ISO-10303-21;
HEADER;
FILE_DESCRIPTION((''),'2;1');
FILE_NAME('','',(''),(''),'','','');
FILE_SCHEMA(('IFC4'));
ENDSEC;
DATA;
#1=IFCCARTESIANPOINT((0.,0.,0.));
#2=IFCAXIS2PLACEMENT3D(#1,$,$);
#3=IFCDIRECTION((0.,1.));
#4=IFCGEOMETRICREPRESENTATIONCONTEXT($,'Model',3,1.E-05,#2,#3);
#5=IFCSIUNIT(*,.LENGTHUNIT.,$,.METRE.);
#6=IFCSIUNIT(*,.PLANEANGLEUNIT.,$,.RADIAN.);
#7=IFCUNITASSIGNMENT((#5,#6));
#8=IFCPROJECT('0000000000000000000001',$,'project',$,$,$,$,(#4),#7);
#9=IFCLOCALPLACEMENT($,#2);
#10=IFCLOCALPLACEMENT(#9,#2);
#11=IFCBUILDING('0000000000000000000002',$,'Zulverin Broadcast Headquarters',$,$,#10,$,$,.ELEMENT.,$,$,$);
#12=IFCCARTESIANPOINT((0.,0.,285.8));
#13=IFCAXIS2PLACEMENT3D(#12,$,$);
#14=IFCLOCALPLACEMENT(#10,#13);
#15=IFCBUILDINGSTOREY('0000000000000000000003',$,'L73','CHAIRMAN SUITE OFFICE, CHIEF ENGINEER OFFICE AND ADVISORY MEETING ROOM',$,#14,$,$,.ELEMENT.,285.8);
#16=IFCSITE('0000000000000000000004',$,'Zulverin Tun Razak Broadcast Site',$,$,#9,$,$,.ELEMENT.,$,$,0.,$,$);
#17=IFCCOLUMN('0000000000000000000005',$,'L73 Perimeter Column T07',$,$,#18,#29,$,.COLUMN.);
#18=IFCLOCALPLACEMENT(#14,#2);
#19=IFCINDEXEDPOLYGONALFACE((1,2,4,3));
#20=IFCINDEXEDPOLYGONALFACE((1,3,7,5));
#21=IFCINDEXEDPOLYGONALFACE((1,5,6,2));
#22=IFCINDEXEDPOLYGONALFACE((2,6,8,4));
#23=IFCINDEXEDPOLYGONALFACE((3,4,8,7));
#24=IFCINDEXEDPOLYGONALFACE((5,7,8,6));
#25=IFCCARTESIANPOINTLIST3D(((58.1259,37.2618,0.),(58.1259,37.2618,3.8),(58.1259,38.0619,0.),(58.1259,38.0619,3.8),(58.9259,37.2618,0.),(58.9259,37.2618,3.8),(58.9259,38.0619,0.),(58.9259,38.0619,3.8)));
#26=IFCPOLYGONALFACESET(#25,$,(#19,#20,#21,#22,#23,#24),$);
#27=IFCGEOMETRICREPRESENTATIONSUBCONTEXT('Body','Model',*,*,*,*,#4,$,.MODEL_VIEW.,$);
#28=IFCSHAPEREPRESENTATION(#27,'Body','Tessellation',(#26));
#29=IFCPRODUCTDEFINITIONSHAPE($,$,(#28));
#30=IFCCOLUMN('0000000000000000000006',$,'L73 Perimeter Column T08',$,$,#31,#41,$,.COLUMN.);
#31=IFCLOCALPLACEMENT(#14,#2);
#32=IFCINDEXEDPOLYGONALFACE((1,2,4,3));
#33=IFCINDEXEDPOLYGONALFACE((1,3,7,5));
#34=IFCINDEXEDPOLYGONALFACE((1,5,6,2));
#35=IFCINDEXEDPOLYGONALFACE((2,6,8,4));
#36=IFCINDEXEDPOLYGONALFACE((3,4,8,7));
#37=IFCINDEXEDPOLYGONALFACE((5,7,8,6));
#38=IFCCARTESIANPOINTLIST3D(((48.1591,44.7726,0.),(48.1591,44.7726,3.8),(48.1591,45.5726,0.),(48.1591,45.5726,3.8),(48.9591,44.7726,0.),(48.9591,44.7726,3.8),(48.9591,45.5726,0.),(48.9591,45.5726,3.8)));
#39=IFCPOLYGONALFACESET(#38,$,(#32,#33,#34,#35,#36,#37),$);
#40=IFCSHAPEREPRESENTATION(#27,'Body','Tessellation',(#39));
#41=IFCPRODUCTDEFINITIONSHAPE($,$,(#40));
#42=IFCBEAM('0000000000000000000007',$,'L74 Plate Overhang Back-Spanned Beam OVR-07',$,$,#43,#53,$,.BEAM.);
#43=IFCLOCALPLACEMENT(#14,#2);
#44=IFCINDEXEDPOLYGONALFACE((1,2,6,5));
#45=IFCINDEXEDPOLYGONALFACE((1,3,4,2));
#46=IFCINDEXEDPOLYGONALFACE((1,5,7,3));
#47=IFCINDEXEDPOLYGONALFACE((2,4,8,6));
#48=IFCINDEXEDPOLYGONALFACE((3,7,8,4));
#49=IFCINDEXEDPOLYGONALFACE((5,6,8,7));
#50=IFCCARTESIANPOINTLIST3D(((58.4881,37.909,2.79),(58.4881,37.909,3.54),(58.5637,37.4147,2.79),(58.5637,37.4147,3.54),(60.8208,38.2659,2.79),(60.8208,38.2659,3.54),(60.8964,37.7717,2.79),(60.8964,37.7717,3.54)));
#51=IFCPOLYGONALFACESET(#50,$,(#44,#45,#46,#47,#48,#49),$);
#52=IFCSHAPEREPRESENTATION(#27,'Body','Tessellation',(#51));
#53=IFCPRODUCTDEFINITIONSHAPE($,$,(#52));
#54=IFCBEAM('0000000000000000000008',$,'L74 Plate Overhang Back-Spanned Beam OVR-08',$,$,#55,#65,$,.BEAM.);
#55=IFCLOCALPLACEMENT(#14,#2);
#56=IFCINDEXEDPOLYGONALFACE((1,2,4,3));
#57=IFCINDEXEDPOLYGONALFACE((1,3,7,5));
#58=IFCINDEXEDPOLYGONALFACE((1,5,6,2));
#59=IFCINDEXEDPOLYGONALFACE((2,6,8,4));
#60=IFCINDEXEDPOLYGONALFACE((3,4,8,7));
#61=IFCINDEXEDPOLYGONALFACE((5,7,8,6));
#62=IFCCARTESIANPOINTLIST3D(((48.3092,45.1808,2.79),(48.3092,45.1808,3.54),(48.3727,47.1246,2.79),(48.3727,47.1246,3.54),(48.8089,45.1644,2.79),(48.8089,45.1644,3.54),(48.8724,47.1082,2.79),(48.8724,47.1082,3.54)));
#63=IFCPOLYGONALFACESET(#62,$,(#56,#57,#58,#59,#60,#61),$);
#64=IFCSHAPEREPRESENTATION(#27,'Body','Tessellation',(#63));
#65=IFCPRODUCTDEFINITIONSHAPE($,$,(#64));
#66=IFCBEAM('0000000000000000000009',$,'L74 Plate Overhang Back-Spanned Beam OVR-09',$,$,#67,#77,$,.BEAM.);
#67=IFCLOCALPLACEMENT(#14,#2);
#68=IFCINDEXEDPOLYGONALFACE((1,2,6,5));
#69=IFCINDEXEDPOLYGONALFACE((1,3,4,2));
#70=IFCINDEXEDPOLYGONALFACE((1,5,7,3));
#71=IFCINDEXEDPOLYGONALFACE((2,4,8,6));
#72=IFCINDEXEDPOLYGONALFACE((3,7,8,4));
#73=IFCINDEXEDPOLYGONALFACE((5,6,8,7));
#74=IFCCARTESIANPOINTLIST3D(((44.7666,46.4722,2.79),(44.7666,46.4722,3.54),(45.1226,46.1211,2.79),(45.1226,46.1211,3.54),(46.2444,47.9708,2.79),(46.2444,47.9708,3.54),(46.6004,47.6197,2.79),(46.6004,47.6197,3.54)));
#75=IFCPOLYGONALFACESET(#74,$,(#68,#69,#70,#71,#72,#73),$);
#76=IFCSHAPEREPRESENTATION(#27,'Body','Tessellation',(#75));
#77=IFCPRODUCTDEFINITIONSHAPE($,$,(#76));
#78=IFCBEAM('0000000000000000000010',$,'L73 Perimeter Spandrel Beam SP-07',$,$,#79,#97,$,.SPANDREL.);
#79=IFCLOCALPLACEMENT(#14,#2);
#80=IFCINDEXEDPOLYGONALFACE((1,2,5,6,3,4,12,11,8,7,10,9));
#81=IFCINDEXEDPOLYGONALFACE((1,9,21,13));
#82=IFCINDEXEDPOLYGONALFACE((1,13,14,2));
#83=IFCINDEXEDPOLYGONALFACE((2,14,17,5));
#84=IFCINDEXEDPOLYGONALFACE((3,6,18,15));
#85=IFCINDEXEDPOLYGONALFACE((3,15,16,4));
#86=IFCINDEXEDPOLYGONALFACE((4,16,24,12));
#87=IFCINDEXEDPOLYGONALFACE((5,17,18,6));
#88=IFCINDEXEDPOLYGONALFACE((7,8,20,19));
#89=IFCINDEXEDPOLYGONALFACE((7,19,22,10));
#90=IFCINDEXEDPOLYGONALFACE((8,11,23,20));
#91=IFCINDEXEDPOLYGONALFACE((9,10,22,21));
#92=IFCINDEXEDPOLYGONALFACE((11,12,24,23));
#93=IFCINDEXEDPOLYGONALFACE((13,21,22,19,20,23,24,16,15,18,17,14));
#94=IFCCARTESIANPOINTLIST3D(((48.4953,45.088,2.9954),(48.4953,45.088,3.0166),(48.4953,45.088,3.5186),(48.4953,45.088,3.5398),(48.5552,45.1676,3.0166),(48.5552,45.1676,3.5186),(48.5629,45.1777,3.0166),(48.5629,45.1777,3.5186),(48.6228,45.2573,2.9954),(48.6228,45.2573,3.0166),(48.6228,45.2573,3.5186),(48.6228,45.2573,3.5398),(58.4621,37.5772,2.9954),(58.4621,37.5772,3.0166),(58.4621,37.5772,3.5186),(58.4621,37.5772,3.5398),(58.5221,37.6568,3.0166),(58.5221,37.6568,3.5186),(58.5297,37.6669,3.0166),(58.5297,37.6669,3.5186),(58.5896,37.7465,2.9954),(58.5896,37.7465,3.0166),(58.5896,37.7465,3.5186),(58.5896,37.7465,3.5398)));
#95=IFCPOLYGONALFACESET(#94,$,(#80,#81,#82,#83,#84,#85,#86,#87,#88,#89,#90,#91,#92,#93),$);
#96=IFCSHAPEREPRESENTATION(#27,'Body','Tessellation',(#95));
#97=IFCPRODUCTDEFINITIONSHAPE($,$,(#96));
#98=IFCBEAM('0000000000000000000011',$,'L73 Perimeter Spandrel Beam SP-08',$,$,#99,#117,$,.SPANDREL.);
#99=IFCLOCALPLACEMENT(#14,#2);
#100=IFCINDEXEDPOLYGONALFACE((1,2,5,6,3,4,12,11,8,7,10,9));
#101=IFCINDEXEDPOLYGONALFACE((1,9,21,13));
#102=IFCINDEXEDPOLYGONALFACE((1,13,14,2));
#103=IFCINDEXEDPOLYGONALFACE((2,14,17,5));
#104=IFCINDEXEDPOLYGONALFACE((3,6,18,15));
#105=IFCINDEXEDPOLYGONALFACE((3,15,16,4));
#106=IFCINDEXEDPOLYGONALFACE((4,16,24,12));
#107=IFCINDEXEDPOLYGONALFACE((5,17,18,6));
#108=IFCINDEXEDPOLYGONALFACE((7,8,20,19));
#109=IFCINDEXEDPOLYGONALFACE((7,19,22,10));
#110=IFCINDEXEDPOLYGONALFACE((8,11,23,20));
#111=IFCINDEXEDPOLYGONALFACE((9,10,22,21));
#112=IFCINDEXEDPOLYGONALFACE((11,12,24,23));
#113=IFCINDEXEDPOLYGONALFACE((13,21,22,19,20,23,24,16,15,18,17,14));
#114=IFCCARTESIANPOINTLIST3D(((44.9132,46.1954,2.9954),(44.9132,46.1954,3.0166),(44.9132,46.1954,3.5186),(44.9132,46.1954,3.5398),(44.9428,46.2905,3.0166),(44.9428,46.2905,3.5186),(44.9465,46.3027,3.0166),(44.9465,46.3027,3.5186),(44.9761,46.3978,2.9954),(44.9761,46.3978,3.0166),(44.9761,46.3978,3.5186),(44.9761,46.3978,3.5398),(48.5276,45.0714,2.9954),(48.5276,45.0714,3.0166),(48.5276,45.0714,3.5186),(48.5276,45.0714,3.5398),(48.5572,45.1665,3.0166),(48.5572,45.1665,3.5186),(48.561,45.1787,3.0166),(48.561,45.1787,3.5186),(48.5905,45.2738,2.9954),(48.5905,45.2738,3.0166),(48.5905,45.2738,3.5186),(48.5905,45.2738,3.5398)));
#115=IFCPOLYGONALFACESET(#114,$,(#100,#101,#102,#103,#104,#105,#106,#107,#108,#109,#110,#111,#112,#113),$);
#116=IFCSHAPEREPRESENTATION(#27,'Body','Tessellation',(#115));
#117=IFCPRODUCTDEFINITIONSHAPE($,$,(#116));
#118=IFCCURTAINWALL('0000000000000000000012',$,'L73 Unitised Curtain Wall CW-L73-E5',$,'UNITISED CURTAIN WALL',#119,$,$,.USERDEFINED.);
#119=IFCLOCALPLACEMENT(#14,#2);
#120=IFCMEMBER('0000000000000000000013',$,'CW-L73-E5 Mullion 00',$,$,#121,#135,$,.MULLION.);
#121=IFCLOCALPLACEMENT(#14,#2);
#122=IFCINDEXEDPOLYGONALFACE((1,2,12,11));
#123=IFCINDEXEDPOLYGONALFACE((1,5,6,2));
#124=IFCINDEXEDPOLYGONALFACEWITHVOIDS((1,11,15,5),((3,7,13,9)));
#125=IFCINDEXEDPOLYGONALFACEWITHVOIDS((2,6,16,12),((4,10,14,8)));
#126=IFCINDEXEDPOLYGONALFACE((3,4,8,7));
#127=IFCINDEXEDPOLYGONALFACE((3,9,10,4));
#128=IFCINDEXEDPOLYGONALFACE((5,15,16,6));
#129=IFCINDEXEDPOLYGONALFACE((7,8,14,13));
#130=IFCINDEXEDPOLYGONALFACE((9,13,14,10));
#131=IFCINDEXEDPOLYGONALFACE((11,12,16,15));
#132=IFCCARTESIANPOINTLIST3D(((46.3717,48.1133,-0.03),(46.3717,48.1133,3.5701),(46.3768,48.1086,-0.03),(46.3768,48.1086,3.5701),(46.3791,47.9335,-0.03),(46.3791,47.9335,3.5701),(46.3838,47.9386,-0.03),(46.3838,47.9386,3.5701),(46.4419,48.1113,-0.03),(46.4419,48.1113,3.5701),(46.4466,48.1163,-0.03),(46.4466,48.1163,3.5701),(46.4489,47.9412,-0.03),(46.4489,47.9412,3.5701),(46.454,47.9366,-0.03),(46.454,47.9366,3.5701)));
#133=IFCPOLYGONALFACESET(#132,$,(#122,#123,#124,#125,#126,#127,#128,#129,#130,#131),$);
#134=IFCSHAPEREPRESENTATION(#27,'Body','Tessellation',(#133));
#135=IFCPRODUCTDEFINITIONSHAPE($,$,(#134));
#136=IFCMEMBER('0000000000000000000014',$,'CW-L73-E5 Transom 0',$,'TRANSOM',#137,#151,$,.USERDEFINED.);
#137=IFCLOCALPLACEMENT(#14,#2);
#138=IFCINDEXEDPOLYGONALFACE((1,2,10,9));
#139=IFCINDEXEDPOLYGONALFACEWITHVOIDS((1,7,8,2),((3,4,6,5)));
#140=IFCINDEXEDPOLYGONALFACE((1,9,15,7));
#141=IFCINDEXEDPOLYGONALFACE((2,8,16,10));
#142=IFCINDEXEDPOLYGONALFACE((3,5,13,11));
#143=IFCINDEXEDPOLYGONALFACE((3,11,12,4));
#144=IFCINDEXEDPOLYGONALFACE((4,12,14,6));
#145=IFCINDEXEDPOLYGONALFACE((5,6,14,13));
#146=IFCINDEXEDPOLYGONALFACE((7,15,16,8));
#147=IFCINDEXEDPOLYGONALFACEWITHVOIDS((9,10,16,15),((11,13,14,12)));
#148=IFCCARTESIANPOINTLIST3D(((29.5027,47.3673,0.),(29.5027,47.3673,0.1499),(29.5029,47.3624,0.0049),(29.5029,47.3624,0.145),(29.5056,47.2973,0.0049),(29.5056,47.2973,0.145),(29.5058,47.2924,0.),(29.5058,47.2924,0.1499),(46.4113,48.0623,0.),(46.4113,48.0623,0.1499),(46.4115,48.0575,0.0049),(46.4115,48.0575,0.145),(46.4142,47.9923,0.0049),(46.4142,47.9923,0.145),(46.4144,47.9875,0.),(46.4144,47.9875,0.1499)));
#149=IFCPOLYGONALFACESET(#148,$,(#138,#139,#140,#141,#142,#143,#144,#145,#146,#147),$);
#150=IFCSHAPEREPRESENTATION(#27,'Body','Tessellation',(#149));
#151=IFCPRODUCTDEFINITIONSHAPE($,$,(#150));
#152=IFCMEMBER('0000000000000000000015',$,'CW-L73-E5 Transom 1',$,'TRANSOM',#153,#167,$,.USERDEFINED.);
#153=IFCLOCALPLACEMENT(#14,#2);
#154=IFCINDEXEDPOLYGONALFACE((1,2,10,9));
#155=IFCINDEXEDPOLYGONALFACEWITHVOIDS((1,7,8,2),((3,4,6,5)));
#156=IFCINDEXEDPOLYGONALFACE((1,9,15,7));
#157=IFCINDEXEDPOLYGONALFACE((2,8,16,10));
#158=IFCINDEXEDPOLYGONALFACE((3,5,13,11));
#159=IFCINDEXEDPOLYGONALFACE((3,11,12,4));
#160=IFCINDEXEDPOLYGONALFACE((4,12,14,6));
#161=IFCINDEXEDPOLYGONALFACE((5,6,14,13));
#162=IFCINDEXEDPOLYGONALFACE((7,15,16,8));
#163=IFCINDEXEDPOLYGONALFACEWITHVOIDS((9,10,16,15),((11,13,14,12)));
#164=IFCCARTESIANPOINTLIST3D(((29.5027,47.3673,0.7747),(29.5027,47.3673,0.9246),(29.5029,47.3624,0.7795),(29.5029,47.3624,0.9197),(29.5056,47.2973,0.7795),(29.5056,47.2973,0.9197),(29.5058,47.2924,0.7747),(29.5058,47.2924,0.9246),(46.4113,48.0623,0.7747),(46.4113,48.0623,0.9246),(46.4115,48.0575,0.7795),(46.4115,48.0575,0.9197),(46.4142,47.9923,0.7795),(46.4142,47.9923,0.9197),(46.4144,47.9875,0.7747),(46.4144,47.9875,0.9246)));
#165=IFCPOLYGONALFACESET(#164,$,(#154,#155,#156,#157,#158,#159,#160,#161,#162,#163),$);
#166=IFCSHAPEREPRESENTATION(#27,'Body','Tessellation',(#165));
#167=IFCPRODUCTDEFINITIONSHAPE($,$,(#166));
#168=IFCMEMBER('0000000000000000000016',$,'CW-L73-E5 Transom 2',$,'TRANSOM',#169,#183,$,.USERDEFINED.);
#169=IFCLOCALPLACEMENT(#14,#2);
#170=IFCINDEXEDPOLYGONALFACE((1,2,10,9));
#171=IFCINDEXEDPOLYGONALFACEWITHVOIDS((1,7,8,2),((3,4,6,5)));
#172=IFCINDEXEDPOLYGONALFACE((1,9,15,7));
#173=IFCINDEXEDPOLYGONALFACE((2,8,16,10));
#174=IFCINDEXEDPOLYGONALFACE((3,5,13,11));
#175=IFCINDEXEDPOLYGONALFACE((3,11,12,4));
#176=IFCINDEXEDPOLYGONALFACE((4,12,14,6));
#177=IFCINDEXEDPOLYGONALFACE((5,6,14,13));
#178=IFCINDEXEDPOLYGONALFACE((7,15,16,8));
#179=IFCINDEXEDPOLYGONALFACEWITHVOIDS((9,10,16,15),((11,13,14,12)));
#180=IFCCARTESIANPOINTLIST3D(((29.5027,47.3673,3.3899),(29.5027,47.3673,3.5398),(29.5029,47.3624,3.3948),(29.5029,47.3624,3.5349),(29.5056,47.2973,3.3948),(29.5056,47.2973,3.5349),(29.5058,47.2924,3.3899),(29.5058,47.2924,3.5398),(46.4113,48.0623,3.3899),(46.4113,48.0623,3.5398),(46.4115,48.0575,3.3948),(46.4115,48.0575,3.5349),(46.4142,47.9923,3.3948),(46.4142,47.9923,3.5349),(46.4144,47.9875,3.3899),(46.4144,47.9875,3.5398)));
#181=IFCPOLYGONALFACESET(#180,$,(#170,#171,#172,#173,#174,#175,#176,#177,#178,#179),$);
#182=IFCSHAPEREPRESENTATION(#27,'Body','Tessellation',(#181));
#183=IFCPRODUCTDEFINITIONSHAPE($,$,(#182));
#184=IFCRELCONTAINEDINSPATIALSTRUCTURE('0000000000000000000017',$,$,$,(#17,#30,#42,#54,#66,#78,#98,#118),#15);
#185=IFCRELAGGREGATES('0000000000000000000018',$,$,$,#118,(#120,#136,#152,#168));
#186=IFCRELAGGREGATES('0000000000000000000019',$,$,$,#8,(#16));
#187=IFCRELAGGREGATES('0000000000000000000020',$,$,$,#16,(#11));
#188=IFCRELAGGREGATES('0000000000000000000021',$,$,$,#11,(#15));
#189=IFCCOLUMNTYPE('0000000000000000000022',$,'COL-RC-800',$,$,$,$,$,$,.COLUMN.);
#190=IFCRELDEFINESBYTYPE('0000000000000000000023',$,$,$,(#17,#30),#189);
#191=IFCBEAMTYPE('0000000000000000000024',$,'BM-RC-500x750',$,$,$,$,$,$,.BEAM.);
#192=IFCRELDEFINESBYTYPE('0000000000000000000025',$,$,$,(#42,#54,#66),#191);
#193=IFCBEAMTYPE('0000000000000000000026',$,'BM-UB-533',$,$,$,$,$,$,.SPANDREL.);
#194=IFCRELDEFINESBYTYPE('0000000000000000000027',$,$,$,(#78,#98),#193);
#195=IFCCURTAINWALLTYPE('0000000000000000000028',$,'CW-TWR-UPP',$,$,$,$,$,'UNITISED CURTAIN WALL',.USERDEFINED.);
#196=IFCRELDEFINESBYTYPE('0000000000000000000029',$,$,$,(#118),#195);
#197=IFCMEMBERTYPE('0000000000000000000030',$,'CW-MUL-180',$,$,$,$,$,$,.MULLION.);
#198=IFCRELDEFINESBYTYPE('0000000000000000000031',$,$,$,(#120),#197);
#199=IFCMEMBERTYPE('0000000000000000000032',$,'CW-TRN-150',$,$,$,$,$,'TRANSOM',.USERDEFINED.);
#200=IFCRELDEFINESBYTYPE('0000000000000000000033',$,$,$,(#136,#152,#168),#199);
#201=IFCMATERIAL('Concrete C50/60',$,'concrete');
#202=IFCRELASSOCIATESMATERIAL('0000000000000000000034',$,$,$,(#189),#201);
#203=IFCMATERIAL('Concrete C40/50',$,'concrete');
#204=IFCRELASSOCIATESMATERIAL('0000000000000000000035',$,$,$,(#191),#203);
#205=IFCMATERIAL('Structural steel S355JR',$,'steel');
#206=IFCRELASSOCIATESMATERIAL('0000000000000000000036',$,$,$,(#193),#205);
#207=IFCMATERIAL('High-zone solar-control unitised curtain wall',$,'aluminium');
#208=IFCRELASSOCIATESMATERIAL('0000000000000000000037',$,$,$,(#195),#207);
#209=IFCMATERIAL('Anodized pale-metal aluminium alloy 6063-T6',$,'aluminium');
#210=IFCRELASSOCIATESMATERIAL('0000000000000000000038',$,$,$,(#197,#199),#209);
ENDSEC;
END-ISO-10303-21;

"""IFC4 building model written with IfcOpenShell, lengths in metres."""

from ifc_helpers import new_model, si_unit, direction, frame, origin, origin_2d, place, context, subcontext, project, spatial, rectangle, hollow_rectangle, i_section, extrude, material, material_profile, profile_set, type_object, element, aggregate, save


model = new_model("IFC4")

# Units and contexts
model_context = context("Model", 3, precision=1e-05, world=origin(), true_north=direction((0.0, 1.0)))
body_context = subcontext(model_context, "Body", "Model", "MODEL_VIEW")
ifc_project = project(units=[si_unit("LENGTHUNIT", "METRE"), si_unit("PLANEANGLEUNIT", "RADIAN")], contexts=[model_context])

# Site, building, storey
site_placement = place(None, origin())
site = spatial("IfcSite", under=ifc_project, at=site_placement, Name="Zulverin Tun Razak Broadcast Site", CompositionType="ELEMENT", RefElevation=0.0)
building_placement = place(site_placement, origin())
building = spatial("IfcBuilding", under=site, at=building_placement, Name="Zulverin Broadcast Headquarters", CompositionType="ELEMENT")
storey_placement = place(building_placement, frame((0.0, 0.0, 285.8)))
storey = spatial("IfcBuildingStorey", under=building, at=storey_placement, Name="L73", Description="CHAIRMAN SUITE OFFICE, CHIEF ENGINEER OFFICE AND ADVISORY MEETING ROOM", CompositionType="ELEMENT", Elevation=285.8)

# Columns
ifc_material_1 = material(Name="Concrete C50/60", Category="concrete")
ifc_material_profile_1 = material_profile(ifc_material_1, rectangle(XDim=0.8, YDim=0.8, at=origin_2d()), Name="Concrete C50/60", Category="concrete")
ifc_profile_set_1 = profile_set([ifc_material_profile_1], Name="Concrete C50/60")
column_type = type_object("IfcColumnType", Name="COL-RC-800", PredefinedType="COLUMN", material=ifc_profile_set_1)
for number, where, z_axis, x_axis, name in (
    (1, (58.5259, 37.6619, 0.0), (0.0, 0.0, 1.0), (1.0, 0.0, 0.0), "L73 Perimeter Column T07"),
    (2, (48.5591, 45.1726, 0.0), (0.0, 0.0, 1.0), (1.0, 0.0, 0.0), "L73 Perimeter Column T08"),
):
    element("IfcColumn", number, at=place(storey_placement, frame(where, z_axis=z_axis, x_axis=x_axis)), inside=storey, type_object=column_type, Name=name, PredefinedType="COLUMN", context=body_context, shape_type="SweptSolid", body=[
        extrude(rectangle(XDim=0.8, YDim=0.8, at=origin_2d()), origin(), (0.0, 0.0, 1.0), 3.8),
    ])

# Beams
ifc_material_2 = material(Name="Concrete C40/50", Category="concrete")
ifc_material_profile_2 = material_profile(ifc_material_2, rectangle(XDim=0.5, YDim=0.75, at=origin_2d()), Name="Concrete C40/50", Category="concrete")
ifc_profile_set_2 = profile_set([ifc_material_profile_2], Name="Concrete C40/50")
beam_type_1 = type_object("IfcBeamType", Name="BM-RC-500x750", PredefinedType="BEAM", material=ifc_profile_set_2)
beam_1_placement = place(storey_placement, frame((58.5259, 37.6619, 3.165), z_axis=(0.988496, 0.151249, 0.0), x_axis=(-0.151249, 0.988496, 0.0)))
element("IfcBeam", 3, at=beam_1_placement, inside=storey, type_object=beam_type_1, Name="L74 Plate Overhang Back-Spanned Beam OVR-07", PredefinedType="BEAM", context=body_context, shape_type="SweptSolid", body=[
    extrude(rectangle(XDim=0.5, YDim=0.75, at=origin_2d()), origin(), (0.0, 0.0, 1.0), 2.3599),
])
beam_2_placement = place(storey_placement, frame((48.5591, 45.1726, 3.165), z_axis=(0.032638, 0.999467, 0.0), x_axis=(-0.999467, 0.032638, 0.0)))
element("IfcBeam", 4, at=beam_2_placement, inside=storey, type_object=beam_type_1, Name="L74 Plate Overhang Back-Spanned Beam OVR-08", PredefinedType="BEAM", context=body_context, shape_type="SweptSolid", body=[
    extrude(rectangle(XDim=0.5, YDim=0.75, at=origin_2d()), origin(), (0.0, 0.0, 1.0), 1.9448),
])
beam_3_placement = place(storey_placement, frame((44.9446, 46.2966, 3.165), z_axis=(0.70216, 0.71202, 0.0), x_axis=(-0.71202, 0.70216, 0.0)))
element("IfcBeam", 5, at=beam_3_placement, inside=storey, type_object=beam_type_1, Name="L74 Plate Overhang Back-Spanned Beam OVR-09", PredefinedType="BEAM", context=body_context, shape_type="SweptSolid", body=[
    extrude(rectangle(XDim=0.5, YDim=0.75, at=origin_2d()), origin(), (0.0, 0.0, 1.0), 2.1047),
])
ifc_material_3 = material(Name="Structural steel S355JR", Category="steel")
ifc_material_profile_3 = material_profile(ifc_material_3, i_section(OverallWidth=0.2119, OverallDepth=0.5444, WebThickness=0.0127, FlangeThickness=0.0212, at=origin_2d()), Name="Structural steel S355JR", Category="steel")
ifc_profile_set_3 = profile_set([ifc_material_profile_3], Name="Structural steel S355JR")
beam_type_2 = type_object("IfcBeamType", Name="BM-UB-533", PredefinedType="SPANDREL", material=ifc_profile_set_3)
beam_4_placement = place(storey_placement, frame((58.5259, 37.6619, 3.2676), z_axis=(-0.798627, 0.601826, 0.0), x_axis=(-0.601826, -0.798627, 0.0)))
element("IfcBeam", 6, at=beam_4_placement, inside=storey, type_object=beam_type_2, Name="L73 Perimeter Spandrel Beam SP-07", PredefinedType="SPANDREL", context=body_context, shape_type="SweptSolid", body=[
    extrude(i_section(OverallWidth=0.2119, OverallDepth=0.5444, WebThickness=0.0127, FlangeThickness=0.0212, at=origin_2d()), origin(), (0.0, 0.0, 1.0), 12.48),
])
beam_5_placement = place(storey_placement, frame((48.5591, 45.1726, 3.2676), z_axis=(-0.954893, 0.296949, 0.0), x_axis=(-0.296949, -0.954893, 0.0)))
element("IfcBeam", 7, at=beam_5_placement, inside=storey, type_object=beam_type_2, Name="L73 Perimeter Spandrel Beam SP-08", PredefinedType="SPANDREL", context=body_context, shape_type="SweptSolid", body=[
    extrude(i_section(OverallWidth=0.2119, OverallDepth=0.5444, WebThickness=0.0127, FlangeThickness=0.0212, at=origin_2d()), origin(), (0.0, 0.0, 1.0), 3.7852),
])

# Curtain wall, members
ifc_material_4 = material(Name="High-zone solar-control unitised curtain wall", Category="aluminium")
curtain_wall_type = type_object("IfcCurtainWallType", Name="CW-TWR-UPP", ElementType="UNITISED CURTAIN WALL", PredefinedType="USERDEFINED", material=ifc_material_4)
curtain_wall_placement = place(storey_placement, origin())
curtain_wall = element("IfcCurtainWall", 8, at=curtain_wall_placement, inside=storey, type_object=curtain_wall_type, Name="L73 Unitised Curtain Wall CW-L73-E5", ObjectType="UNITISED CURTAIN WALL", PredefinedType="USERDEFINED")
ifc_material_5 = material(Name="Anodized pale-metal aluminium alloy 6063-T6", Category="aluminium")
ifc_material_profile_4 = material_profile(ifc_material_5, hollow_rectangle(XDim=0.075, YDim=0.1799, WallThickness=0.0049, at=origin_2d()), Name="Anodized pale-metal aluminium alloy 6063-T6", Category="aluminium")
ifc_profile_set_4 = profile_set([ifc_material_profile_4], Name="Anodized pale-metal aluminium alloy 6063-T6")
member_type_1 = type_object("IfcMemberType", Name="CW-MUL-180", PredefinedType="MULLION", material=ifc_profile_set_4)
member_1_placement = place(storey_placement, frame((46.4128, 48.0249, -0.03), z_axis=(0.0, 0.0, 1.0), x_axis=(-0.999156, -0.041068, 0.0)))
member_1 = element("IfcMember", 9, at=member_1_placement, type_object=member_type_1, Name="CW-L73-E5 Mullion 00", PredefinedType="MULLION", context=body_context, shape_type="SweptSolid", body=[
    extrude(hollow_rectangle(XDim=0.075, YDim=0.1799, WallThickness=0.0049, at=origin_2d()), origin(), (0.0, 0.0, 1.0), 3.6001),
])
ifc_material_profile_5 = material_profile(ifc_material_5, hollow_rectangle(XDim=0.075, YDim=0.1499, WallThickness=0.0049, at=origin_2d()), Name="Anodized pale-metal aluminium alloy 6063-T6", Category="aluminium")
ifc_profile_set_5 = profile_set([ifc_material_profile_5], Name="Anodized pale-metal aluminium alloy 6063-T6")
member_type_2 = type_object("IfcMemberType", Name="CW-TRN-150", ElementType="TRANSOM", PredefinedType="USERDEFINED", material=ifc_profile_set_5)
member_2_placement = place(storey_placement, frame((46.4128, 48.0249, 0.075), z_axis=(-0.999156, -0.041072, 0.0), x_axis=(0.041072, -0.999156, 0.0)))
member_2 = element("IfcMember", 10, at=member_2_placement, type_object=member_type_2, Name="CW-L73-E5 Transom 0", ObjectType="TRANSOM", PredefinedType="USERDEFINED", context=body_context, shape_type="SweptSolid", body=[
    extrude(hollow_rectangle(XDim=0.075, YDim=0.1499, WallThickness=0.0049, at=origin_2d()), origin(), (0.0, 0.0, 1.0), 16.9229),
])
member_3_placement = place(storey_placement, frame((46.4128, 48.0249, 0.8496), z_axis=(-0.999156, -0.041072, 0.0), x_axis=(0.041072, -0.999156, 0.0)))
member_3 = element("IfcMember", 11, at=member_3_placement, type_object=member_type_2, Name="CW-L73-E5 Transom 1", ObjectType="TRANSOM", PredefinedType="USERDEFINED", context=body_context, shape_type="SweptSolid", body=[
    extrude(hollow_rectangle(XDim=0.075, YDim=0.1499, WallThickness=0.0049, at=origin_2d()), origin(), (0.0, 0.0, 1.0), 16.9229),
])
member_4_placement = place(storey_placement, frame((46.4128, 48.0249, 3.4648), z_axis=(-0.999156, -0.041072, 0.0), x_axis=(0.041072, -0.999156, 0.0)))
member_4 = element("IfcMember", 12, at=member_4_placement, type_object=member_type_2, Name="CW-L73-E5 Transom 2", ObjectType="TRANSOM", PredefinedType="USERDEFINED", context=body_context, shape_type="SweptSolid", body=[
    extrude(hollow_rectangle(XDim=0.075, YDim=0.1499, WallThickness=0.0049, at=origin_2d()), origin(), (0.0, 0.0, 1.0), 16.9229),
])
aggregate(curtain_wall, [member_1, member_2, member_3, member_4])

save(model, "model.ifc")
